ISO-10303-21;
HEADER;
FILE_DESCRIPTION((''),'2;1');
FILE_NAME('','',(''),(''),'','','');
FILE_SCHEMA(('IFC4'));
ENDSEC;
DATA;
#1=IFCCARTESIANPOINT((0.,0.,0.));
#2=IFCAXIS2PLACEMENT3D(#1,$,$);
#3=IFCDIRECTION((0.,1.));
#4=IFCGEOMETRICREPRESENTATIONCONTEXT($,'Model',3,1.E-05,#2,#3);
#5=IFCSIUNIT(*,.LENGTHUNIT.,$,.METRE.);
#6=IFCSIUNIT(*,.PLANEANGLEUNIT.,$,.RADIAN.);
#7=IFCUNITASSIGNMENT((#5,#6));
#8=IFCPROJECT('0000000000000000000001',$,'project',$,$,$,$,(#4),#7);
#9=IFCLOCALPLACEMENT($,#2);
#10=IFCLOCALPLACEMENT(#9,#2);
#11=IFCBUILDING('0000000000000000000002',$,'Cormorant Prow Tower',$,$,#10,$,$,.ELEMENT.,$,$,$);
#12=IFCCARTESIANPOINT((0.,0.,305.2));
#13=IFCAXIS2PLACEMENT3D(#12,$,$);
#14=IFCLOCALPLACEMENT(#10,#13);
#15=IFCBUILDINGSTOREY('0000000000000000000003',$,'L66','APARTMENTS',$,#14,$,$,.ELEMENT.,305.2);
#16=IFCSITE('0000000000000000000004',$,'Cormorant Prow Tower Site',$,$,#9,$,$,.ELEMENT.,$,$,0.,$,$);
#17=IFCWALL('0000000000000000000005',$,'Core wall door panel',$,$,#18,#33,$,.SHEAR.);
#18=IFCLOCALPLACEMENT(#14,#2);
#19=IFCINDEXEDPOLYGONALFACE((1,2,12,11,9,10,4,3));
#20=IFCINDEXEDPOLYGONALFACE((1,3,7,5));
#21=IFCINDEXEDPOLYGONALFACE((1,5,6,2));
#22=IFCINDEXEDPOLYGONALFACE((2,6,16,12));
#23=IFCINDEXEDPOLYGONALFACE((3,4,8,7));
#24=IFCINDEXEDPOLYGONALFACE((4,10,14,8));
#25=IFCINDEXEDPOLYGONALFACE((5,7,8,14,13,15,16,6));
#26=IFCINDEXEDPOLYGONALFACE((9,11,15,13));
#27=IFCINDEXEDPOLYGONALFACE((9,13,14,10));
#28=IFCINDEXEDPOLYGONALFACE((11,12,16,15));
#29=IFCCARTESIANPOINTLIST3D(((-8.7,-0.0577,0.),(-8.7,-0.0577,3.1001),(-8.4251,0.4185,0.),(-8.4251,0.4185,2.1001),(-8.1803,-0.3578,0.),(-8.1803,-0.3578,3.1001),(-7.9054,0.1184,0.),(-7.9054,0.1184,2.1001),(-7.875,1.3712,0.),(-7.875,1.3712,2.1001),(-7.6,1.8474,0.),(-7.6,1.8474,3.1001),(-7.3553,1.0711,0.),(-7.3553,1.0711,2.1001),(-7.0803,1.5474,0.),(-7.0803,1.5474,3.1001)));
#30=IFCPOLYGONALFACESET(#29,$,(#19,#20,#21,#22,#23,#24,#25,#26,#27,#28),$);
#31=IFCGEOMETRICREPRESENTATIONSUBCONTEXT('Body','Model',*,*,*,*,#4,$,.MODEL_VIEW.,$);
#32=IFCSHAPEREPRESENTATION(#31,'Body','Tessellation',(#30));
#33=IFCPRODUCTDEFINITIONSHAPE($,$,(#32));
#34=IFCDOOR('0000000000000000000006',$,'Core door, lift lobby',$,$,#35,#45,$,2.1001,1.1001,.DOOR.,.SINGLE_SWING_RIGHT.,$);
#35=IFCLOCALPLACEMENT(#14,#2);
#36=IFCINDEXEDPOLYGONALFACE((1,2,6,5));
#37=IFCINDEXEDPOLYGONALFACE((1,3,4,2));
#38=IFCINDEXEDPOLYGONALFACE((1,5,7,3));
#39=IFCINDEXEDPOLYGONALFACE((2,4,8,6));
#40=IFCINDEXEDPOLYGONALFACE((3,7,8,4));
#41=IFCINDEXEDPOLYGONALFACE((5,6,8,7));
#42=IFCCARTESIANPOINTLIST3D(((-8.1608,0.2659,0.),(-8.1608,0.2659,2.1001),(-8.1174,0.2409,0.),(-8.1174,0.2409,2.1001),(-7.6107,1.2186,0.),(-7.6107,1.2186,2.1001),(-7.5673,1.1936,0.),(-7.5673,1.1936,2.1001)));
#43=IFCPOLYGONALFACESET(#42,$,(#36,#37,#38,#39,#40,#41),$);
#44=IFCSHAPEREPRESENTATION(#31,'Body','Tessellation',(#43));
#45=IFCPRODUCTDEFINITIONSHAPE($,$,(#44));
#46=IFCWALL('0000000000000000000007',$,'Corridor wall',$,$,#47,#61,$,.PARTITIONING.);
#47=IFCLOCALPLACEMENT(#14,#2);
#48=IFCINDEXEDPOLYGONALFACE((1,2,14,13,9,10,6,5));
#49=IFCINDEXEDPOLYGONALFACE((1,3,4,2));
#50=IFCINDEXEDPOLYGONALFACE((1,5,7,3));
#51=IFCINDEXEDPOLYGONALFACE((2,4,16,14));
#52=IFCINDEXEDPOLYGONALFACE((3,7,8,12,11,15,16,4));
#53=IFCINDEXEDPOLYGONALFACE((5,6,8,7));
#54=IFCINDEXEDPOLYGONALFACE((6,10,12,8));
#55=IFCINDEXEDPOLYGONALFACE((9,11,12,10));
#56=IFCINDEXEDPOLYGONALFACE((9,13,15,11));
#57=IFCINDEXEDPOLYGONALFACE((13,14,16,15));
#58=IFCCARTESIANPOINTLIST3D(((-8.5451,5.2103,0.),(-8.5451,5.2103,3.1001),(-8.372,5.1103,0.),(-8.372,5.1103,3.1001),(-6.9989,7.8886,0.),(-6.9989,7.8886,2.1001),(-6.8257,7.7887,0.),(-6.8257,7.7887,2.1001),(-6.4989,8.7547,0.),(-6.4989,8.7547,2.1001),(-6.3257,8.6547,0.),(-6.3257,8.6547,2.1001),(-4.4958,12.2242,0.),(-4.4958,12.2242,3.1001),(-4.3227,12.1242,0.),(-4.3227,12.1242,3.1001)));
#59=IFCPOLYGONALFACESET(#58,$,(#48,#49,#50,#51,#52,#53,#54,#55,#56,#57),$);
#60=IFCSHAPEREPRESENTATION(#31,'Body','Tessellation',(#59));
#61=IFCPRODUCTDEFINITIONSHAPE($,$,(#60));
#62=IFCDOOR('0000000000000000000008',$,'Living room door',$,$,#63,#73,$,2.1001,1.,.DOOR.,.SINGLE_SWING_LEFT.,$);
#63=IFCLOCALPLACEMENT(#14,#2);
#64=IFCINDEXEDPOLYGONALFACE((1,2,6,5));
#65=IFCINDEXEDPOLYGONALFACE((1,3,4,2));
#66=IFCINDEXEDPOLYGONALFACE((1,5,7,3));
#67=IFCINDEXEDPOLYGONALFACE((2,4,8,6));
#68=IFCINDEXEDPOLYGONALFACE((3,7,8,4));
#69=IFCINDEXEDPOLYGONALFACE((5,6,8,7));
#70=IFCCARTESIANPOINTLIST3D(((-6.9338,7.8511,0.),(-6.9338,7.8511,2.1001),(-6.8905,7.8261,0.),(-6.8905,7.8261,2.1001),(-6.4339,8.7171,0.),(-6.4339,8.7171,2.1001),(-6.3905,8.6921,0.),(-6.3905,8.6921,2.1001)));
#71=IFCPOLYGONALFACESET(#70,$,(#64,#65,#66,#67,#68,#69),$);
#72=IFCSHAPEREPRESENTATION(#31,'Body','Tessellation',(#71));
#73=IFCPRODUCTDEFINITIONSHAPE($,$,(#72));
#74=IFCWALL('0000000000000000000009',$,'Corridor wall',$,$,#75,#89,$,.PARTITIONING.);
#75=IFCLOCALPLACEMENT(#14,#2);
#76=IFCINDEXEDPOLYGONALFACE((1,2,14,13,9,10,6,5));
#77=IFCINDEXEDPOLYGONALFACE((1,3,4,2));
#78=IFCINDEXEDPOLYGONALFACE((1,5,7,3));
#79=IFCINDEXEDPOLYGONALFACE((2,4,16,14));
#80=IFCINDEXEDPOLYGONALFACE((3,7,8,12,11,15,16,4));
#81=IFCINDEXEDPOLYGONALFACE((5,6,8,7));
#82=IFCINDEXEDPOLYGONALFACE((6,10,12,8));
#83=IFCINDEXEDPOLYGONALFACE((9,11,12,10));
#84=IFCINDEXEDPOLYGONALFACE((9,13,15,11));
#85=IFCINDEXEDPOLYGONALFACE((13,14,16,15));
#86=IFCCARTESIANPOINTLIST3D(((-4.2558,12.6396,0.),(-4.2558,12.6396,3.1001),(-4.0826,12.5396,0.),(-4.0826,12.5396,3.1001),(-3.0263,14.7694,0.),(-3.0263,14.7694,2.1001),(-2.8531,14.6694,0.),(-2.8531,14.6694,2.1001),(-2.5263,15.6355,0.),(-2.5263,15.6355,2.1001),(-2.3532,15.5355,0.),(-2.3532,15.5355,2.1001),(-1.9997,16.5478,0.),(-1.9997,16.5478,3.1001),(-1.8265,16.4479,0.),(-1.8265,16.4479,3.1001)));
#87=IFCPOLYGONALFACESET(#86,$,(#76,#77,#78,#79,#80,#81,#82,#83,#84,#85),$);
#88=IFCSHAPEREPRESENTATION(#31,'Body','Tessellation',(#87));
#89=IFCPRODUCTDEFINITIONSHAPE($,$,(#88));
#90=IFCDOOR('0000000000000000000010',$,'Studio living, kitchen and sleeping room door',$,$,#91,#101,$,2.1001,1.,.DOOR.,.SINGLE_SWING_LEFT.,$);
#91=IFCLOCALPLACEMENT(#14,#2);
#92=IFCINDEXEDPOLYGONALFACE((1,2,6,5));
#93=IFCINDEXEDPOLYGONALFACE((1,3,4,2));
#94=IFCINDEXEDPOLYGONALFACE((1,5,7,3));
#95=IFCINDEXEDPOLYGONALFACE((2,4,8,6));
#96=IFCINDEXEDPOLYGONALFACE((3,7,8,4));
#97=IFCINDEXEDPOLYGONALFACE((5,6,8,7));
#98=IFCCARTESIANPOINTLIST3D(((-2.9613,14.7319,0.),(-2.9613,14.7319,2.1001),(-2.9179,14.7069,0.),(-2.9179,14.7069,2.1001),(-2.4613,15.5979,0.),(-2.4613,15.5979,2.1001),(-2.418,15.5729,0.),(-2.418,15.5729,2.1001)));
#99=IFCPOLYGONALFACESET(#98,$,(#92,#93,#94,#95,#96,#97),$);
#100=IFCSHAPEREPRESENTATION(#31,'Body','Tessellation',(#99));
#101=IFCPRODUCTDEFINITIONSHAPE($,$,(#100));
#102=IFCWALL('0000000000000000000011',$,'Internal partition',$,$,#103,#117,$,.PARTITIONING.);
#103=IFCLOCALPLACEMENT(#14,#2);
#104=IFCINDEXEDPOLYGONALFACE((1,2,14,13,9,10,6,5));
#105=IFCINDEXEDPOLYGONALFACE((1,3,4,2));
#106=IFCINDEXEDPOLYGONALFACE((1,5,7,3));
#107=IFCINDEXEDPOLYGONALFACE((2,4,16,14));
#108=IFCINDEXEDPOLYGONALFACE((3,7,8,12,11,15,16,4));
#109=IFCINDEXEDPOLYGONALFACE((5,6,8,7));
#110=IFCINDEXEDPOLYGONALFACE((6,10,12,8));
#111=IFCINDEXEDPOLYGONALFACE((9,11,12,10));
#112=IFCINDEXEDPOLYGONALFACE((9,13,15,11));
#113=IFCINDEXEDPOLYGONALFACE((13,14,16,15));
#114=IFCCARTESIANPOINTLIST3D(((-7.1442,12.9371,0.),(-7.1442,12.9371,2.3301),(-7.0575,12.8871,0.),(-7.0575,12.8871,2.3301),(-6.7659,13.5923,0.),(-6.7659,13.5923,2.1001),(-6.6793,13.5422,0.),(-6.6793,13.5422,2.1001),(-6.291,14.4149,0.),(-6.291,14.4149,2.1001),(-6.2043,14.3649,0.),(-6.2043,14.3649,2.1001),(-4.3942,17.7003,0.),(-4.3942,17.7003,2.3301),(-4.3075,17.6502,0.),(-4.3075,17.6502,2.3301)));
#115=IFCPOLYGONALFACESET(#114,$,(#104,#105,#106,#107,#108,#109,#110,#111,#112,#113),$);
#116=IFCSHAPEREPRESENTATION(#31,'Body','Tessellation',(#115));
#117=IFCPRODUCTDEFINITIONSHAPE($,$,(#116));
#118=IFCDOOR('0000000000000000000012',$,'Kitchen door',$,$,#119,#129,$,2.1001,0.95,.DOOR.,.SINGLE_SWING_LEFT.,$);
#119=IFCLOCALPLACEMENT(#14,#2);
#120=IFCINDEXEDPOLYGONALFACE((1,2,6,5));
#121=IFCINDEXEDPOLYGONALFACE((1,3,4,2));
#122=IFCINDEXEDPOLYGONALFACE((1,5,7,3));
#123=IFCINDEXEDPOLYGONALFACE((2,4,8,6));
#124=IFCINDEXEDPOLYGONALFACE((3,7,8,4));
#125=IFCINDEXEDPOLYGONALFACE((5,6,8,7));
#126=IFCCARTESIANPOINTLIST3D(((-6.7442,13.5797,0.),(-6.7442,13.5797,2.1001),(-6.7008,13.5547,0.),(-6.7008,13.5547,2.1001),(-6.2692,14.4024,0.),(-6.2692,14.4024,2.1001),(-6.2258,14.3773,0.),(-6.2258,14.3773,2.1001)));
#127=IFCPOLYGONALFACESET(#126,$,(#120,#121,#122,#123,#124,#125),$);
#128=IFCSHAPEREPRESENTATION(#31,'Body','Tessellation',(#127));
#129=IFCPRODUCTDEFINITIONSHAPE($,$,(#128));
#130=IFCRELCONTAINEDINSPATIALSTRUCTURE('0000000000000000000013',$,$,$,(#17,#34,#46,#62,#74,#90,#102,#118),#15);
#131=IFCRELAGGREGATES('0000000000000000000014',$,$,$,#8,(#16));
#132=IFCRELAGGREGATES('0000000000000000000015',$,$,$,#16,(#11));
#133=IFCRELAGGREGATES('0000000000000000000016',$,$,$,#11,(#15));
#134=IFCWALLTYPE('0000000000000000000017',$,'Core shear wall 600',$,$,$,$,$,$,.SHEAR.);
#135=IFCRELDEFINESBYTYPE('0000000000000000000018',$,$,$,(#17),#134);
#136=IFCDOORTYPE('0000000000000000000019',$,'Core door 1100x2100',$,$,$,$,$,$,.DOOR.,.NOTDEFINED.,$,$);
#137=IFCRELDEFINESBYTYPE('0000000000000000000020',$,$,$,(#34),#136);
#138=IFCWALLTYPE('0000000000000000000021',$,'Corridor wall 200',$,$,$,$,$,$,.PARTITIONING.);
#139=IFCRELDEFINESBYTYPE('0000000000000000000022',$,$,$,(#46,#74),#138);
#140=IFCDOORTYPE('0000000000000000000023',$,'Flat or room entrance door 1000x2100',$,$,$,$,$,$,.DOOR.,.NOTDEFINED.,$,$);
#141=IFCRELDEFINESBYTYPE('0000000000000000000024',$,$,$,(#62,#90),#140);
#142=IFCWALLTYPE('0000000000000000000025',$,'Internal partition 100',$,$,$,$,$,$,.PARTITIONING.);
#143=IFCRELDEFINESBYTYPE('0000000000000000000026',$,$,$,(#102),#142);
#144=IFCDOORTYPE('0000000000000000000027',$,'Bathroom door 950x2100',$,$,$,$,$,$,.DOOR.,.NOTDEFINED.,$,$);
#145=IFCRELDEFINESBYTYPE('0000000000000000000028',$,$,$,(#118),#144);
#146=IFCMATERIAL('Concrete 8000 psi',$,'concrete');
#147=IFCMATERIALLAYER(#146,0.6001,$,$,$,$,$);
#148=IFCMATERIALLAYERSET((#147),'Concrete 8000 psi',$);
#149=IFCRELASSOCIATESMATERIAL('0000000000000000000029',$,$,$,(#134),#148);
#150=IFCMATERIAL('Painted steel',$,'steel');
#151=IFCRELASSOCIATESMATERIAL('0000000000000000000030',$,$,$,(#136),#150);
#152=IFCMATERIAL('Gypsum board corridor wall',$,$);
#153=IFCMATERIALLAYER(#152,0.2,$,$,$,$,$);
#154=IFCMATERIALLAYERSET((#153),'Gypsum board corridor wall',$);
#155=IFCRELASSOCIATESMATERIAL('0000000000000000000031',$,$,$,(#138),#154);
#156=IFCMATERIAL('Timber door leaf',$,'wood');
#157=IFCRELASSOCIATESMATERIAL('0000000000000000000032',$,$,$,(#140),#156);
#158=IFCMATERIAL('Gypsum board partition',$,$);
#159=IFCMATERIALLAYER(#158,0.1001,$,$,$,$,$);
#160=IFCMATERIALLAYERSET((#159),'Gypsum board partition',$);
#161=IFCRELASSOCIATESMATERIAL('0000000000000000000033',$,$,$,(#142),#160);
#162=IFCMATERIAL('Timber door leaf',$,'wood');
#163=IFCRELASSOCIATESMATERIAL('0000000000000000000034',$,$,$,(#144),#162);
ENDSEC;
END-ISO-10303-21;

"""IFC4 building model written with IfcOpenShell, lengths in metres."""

from ifc_helpers import new_model, si_unit, direction, frame, frame_2d, origin, place, context, subcontext, project, spatial, rectangle, extrude, material, layer, layer_set, type_object, element, fill, save


model = new_model("IFC4")

# Units and contexts
model_context = context("Model", 3, precision=1e-05, world=origin(), true_north=direction((0.0, 1.0)))
body_context = subcontext(model_context, "Body", "Model", "MODEL_VIEW")
ifc_project = project(units=[si_unit("LENGTHUNIT", "METRE"), si_unit("PLANEANGLEUNIT", "RADIAN")], contexts=[model_context])

# Site, building, storey
site_placement = place(None, origin())
site = spatial("IfcSite", under=ifc_project, at=site_placement, Name="Cormorant Prow Tower Site", CompositionType="ELEMENT", RefElevation=0.0)
building_placement = place(site_placement, origin())
building = spatial("IfcBuilding", under=site, at=building_placement, Name="Cormorant Prow Tower", CompositionType="ELEMENT")
storey_placement = place(building_placement, frame((0.0, 0.0, 305.2)))
storey = spatial("IfcBuildingStorey", under=building, at=storey_placement, Name="L66", Description="APARTMENTS", CompositionType="ELEMENT", Elevation=305.2)

# Shared definitions
ifc_material_1 = material(Name="Concrete 8000 psi", Category="concrete")
ifc_layer_1 = layer(ifc_material_1, 0.6001)
ifc_layer_set_1 = layer_set([ifc_layer_1], Name="Concrete 8000 psi")
wall_type_1 = type_object("IfcWallType", Name="Core shear wall 600", PredefinedType="SHEAR", material=ifc_layer_set_1)

# Walls, openings, doors
wall_1_placement = place(storey_placement, frame((-7.3401, 1.6975, 0.0), z_axis=(0.0, 0.0, 1.0), x_axis=(-0.50003, -0.866008, 0.0)))
wall_1 = element("IfcWall", 1, at=wall_1_placement, inside=storey, type_object=wall_type_1, Name="Core wall door panel", PredefinedType="SHEAR", context=body_context, shape_type="SweptSolid", body=[
    extrude(rectangle(XDim=2.2, YDim=0.6001, at=frame_2d((1.1001, 0.0))), origin(), (0.0, 0.0, 1.0), 3.1001),
])
opening_1_placement = place(wall_1_placement, frame((0.55, 0.0, 0.0)))
opening_1 = element("IfcOpeningElement", 2, at=opening_1_placement, cuts=wall_1, PredefinedType="OPENING", context=body_context, shape_type="SweptSolid", body=[
    extrude(rectangle(XDim=1.1001, YDim=2.1001, at=frame_2d((0.55, 1.05))), frame((0.0, 0.3101, 0.0), z_axis=(0.0, -1.0, 0.0), x_axis=(1.0, 0.0, 0.0)), (0.0, 0.0, 1.0), 0.6201),
])
ifc_material_2 = material(Name="Painted steel", Category="steel")
door_type_1 = type_object("IfcDoorType", Name="Core door 1100x2100", OperationType="NOTDEFINED", PredefinedType="DOOR", material=ifc_material_2)
door_1_placement = place(opening_1_placement, origin())
door_1 = element("IfcDoor", 3, at=door_1_placement, inside=storey, type_object=door_type_1, Name="Core door, lift lobby", OperationType="SINGLE_SWING_RIGHT", OverallHeight=2.1001, OverallWidth=1.1001, PredefinedType="DOOR", context=body_context, shape_type="SweptSolid", body=[
    extrude(rectangle(XDim=1.1001, YDim=2.1001, at=frame_2d((0.55, 1.05))), frame((0.0, 0.0552, 0.0), z_axis=(0.0, -1.0, 0.0), x_axis=(1.0, 0.0, 0.0)), (0.0, 0.0, 1.0), 0.05),
])
fill(opening_1, door_1)
ifc_material_3 = material(Name="Gypsum board corridor wall")
ifc_layer_2 = layer(ifc_material_3, 0.2)
ifc_layer_set_2 = layer_set([ifc_layer_2], Name="Gypsum board corridor wall")
wall_type_2 = type_object("IfcWallType", Name="Corridor wall 200", PredefinedType="PARTITIONING", material=ifc_layer_set_2)
wall_2_placement = place(storey_placement, frame((-8.4585, 5.1604, 0.0), z_axis=(0.0, 0.0, 1.0), x_axis=(0.499984, 0.866034, 0.0)))
wall_2 = element("IfcWall", 4, at=wall_2_placement, inside=storey, type_object=wall_type_2, Name="Corridor wall", PredefinedType="PARTITIONING", context=body_context, shape_type="SweptSolid", body=[
    extrude(rectangle(XDim=8.0989, YDim=0.2, at=frame_2d((4.0493, 0.0))), origin(), (0.0, 0.0, 1.0), 3.1001),
])
opening_2_placement = place(wall_2_placement, frame((3.0925, 0.0, 0.0)))
opening_2 = element("IfcOpeningElement", 5, at=opening_2_placement, cuts=wall_2, PredefinedType="OPENING", context=body_context, shape_type="SweptSolid", body=[
    extrude(rectangle(XDim=1.0, YDim=2.1001, at=frame_2d((0.5, 1.05))), frame((0.0, 0.1099, 0.0), z_axis=(0.0, -1.0, 0.0), x_axis=(1.0, 0.0, 0.0)), (0.0, 0.0, 1.0), 0.22),
])
ifc_material_4 = material(Name="Timber door leaf", Category="wood")
door_type_2 = type_object("IfcDoorType", Name="Flat or room entrance door 1000x2100", OperationType="NOTDEFINED", PredefinedType="DOOR", material=ifc_material_4)
door_2_placement = place(opening_2_placement, origin())
door_2 = element("IfcDoor", 6, at=door_2_placement, inside=storey, type_object=door_type_2, Name="Living room door", OperationType="SINGLE_SWING_LEFT", OverallHeight=2.1001, OverallWidth=1.0, PredefinedType="DOOR", context=body_context, shape_type="SweptSolid", body=[
    extrude(rectangle(XDim=1.0, YDim=2.1001, at=frame_2d((0.5, 1.05))), frame((0.0, 0.0249, 0.0), z_axis=(0.0, -1.0, 0.0), x_axis=(1.0, 0.0, 0.0)), (0.0, 0.0, 1.0), 0.05),
])
fill(opening_2, door_2)
wall_3_placement = place(storey_placement, frame((-4.1692, 12.5896, 0.0), z_axis=(0.0, 0.0, 1.0), x_axis=(0.49995, 0.866054, 0.0)))
wall_3 = element("IfcWall", 7, at=wall_3_placement, inside=storey, type_object=wall_type_2, Name="Corridor wall", PredefinedType="PARTITIONING", context=body_context, shape_type="SweptSolid", body=[
    extrude(rectangle(XDim=4.5127, YDim=0.2, at=frame_2d((2.2563, 0.0))), origin(), (0.0, 0.0, 1.0), 3.1001),
])
opening_3_placement = place(wall_3_placement, frame((2.4592, 0.0, 0.0)))
opening_3 = element("IfcOpeningElement", 8, at=opening_3_placement, cuts=wall_3, PredefinedType="OPENING", context=body_context, shape_type="SweptSolid", body=[
    extrude(rectangle(XDim=1.0, YDim=2.1001, at=frame_2d((0.5, 1.05))), frame((0.0, 0.1099, 0.0), z_axis=(0.0, -1.0, 0.0), x_axis=(1.0, 0.0, 0.0)), (0.0, 0.0, 1.0), 0.22),
])
door_3_placement = place(opening_3_placement, origin())
door_3 = element("IfcDoor", 9, at=door_3_placement, inside=storey, type_object=door_type_2, Name="Studio living, kitchen and sleeping room door", OperationType="SINGLE_SWING_LEFT", OverallHeight=2.1001, OverallWidth=1.0, PredefinedType="DOOR", context=body_context, shape_type="SweptSolid", body=[
    extrude(rectangle(XDim=1.0, YDim=2.1001, at=frame_2d((0.5, 1.05))), frame((0.0, 0.0249, 0.0), z_axis=(0.0, -1.0, 0.0), x_axis=(1.0, 0.0, 0.0)), (0.0, 0.0, 1.0), 0.05),
])
fill(opening_3, door_3)
ifc_material_5 = material(Name="Gypsum board partition")
ifc_layer_3 = layer(ifc_material_5, 0.1001)
ifc_layer_set_3 = layer_set([ifc_layer_3], Name="Gypsum board partition")
wall_type_3 = type_object("IfcWallType", Name="Internal partition 100", PredefinedType="PARTITIONING", material=ifc_layer_set_3)
wall_4_placement = place(storey_placement, frame((-7.1008, 12.9121, 0.0), z_axis=(0.0, 0.0, 1.0), x_axis=(0.499997, 0.866027, 0.0)))
wall_4 = element("IfcWall", 10, at=wall_4_placement, inside=storey, type_object=wall_type_3, Name="Internal partition", PredefinedType="PARTITIONING", context=body_context, shape_type="SweptSolid", body=[
    extrude(rectangle(XDim=5.5, YDim=0.1001, at=frame_2d((2.75, 0.0))), origin(), (0.0, 0.0, 1.0), 2.3301),
])
opening_4_placement = place(wall_4_placement, frame((0.7563, 0.0, 0.0)))
opening_4 = element("IfcOpeningElement", 11, at=opening_4_placement, cuts=wall_4, PredefinedType="OPENING", context=body_context, shape_type="SweptSolid", body=[
    extrude(rectangle(XDim=0.95, YDim=2.1001, at=frame_2d((0.4751, 1.05))), frame((0.0, 0.0601, 0.0), z_axis=(0.0, -1.0, 0.0), x_axis=(1.0, 0.0, 0.0)), (0.0, 0.0, 1.0), 0.1201),
])
ifc_material_6 = material(Name="Timber door leaf", Category="wood")
door_type_3 = type_object("IfcDoorType", Name="Bathroom door 950x2100", OperationType="NOTDEFINED", PredefinedType="DOOR", material=ifc_material_6)
door_4_placement = place(opening_4_placement, origin())
door_4 = element("IfcDoor", 12, at=door_4_placement, inside=storey, type_object=door_type_3, Name="Kitchen door", OperationType="SINGLE_SWING_LEFT", OverallHeight=2.1001, OverallWidth=0.95, PredefinedType="DOOR", context=body_context, shape_type="SweptSolid", body=[
    extrude(rectangle(XDim=0.95, YDim=2.1001, at=frame_2d((0.4751, 1.05))), frame((0.0, 0.0249, 0.0), z_axis=(0.0, -1.0, 0.0), x_axis=(1.0, 0.0, 0.0)), (0.0, 0.0, 1.0), 0.05),
])
fill(opening_4, door_4)

save(model, "model.ifc")
